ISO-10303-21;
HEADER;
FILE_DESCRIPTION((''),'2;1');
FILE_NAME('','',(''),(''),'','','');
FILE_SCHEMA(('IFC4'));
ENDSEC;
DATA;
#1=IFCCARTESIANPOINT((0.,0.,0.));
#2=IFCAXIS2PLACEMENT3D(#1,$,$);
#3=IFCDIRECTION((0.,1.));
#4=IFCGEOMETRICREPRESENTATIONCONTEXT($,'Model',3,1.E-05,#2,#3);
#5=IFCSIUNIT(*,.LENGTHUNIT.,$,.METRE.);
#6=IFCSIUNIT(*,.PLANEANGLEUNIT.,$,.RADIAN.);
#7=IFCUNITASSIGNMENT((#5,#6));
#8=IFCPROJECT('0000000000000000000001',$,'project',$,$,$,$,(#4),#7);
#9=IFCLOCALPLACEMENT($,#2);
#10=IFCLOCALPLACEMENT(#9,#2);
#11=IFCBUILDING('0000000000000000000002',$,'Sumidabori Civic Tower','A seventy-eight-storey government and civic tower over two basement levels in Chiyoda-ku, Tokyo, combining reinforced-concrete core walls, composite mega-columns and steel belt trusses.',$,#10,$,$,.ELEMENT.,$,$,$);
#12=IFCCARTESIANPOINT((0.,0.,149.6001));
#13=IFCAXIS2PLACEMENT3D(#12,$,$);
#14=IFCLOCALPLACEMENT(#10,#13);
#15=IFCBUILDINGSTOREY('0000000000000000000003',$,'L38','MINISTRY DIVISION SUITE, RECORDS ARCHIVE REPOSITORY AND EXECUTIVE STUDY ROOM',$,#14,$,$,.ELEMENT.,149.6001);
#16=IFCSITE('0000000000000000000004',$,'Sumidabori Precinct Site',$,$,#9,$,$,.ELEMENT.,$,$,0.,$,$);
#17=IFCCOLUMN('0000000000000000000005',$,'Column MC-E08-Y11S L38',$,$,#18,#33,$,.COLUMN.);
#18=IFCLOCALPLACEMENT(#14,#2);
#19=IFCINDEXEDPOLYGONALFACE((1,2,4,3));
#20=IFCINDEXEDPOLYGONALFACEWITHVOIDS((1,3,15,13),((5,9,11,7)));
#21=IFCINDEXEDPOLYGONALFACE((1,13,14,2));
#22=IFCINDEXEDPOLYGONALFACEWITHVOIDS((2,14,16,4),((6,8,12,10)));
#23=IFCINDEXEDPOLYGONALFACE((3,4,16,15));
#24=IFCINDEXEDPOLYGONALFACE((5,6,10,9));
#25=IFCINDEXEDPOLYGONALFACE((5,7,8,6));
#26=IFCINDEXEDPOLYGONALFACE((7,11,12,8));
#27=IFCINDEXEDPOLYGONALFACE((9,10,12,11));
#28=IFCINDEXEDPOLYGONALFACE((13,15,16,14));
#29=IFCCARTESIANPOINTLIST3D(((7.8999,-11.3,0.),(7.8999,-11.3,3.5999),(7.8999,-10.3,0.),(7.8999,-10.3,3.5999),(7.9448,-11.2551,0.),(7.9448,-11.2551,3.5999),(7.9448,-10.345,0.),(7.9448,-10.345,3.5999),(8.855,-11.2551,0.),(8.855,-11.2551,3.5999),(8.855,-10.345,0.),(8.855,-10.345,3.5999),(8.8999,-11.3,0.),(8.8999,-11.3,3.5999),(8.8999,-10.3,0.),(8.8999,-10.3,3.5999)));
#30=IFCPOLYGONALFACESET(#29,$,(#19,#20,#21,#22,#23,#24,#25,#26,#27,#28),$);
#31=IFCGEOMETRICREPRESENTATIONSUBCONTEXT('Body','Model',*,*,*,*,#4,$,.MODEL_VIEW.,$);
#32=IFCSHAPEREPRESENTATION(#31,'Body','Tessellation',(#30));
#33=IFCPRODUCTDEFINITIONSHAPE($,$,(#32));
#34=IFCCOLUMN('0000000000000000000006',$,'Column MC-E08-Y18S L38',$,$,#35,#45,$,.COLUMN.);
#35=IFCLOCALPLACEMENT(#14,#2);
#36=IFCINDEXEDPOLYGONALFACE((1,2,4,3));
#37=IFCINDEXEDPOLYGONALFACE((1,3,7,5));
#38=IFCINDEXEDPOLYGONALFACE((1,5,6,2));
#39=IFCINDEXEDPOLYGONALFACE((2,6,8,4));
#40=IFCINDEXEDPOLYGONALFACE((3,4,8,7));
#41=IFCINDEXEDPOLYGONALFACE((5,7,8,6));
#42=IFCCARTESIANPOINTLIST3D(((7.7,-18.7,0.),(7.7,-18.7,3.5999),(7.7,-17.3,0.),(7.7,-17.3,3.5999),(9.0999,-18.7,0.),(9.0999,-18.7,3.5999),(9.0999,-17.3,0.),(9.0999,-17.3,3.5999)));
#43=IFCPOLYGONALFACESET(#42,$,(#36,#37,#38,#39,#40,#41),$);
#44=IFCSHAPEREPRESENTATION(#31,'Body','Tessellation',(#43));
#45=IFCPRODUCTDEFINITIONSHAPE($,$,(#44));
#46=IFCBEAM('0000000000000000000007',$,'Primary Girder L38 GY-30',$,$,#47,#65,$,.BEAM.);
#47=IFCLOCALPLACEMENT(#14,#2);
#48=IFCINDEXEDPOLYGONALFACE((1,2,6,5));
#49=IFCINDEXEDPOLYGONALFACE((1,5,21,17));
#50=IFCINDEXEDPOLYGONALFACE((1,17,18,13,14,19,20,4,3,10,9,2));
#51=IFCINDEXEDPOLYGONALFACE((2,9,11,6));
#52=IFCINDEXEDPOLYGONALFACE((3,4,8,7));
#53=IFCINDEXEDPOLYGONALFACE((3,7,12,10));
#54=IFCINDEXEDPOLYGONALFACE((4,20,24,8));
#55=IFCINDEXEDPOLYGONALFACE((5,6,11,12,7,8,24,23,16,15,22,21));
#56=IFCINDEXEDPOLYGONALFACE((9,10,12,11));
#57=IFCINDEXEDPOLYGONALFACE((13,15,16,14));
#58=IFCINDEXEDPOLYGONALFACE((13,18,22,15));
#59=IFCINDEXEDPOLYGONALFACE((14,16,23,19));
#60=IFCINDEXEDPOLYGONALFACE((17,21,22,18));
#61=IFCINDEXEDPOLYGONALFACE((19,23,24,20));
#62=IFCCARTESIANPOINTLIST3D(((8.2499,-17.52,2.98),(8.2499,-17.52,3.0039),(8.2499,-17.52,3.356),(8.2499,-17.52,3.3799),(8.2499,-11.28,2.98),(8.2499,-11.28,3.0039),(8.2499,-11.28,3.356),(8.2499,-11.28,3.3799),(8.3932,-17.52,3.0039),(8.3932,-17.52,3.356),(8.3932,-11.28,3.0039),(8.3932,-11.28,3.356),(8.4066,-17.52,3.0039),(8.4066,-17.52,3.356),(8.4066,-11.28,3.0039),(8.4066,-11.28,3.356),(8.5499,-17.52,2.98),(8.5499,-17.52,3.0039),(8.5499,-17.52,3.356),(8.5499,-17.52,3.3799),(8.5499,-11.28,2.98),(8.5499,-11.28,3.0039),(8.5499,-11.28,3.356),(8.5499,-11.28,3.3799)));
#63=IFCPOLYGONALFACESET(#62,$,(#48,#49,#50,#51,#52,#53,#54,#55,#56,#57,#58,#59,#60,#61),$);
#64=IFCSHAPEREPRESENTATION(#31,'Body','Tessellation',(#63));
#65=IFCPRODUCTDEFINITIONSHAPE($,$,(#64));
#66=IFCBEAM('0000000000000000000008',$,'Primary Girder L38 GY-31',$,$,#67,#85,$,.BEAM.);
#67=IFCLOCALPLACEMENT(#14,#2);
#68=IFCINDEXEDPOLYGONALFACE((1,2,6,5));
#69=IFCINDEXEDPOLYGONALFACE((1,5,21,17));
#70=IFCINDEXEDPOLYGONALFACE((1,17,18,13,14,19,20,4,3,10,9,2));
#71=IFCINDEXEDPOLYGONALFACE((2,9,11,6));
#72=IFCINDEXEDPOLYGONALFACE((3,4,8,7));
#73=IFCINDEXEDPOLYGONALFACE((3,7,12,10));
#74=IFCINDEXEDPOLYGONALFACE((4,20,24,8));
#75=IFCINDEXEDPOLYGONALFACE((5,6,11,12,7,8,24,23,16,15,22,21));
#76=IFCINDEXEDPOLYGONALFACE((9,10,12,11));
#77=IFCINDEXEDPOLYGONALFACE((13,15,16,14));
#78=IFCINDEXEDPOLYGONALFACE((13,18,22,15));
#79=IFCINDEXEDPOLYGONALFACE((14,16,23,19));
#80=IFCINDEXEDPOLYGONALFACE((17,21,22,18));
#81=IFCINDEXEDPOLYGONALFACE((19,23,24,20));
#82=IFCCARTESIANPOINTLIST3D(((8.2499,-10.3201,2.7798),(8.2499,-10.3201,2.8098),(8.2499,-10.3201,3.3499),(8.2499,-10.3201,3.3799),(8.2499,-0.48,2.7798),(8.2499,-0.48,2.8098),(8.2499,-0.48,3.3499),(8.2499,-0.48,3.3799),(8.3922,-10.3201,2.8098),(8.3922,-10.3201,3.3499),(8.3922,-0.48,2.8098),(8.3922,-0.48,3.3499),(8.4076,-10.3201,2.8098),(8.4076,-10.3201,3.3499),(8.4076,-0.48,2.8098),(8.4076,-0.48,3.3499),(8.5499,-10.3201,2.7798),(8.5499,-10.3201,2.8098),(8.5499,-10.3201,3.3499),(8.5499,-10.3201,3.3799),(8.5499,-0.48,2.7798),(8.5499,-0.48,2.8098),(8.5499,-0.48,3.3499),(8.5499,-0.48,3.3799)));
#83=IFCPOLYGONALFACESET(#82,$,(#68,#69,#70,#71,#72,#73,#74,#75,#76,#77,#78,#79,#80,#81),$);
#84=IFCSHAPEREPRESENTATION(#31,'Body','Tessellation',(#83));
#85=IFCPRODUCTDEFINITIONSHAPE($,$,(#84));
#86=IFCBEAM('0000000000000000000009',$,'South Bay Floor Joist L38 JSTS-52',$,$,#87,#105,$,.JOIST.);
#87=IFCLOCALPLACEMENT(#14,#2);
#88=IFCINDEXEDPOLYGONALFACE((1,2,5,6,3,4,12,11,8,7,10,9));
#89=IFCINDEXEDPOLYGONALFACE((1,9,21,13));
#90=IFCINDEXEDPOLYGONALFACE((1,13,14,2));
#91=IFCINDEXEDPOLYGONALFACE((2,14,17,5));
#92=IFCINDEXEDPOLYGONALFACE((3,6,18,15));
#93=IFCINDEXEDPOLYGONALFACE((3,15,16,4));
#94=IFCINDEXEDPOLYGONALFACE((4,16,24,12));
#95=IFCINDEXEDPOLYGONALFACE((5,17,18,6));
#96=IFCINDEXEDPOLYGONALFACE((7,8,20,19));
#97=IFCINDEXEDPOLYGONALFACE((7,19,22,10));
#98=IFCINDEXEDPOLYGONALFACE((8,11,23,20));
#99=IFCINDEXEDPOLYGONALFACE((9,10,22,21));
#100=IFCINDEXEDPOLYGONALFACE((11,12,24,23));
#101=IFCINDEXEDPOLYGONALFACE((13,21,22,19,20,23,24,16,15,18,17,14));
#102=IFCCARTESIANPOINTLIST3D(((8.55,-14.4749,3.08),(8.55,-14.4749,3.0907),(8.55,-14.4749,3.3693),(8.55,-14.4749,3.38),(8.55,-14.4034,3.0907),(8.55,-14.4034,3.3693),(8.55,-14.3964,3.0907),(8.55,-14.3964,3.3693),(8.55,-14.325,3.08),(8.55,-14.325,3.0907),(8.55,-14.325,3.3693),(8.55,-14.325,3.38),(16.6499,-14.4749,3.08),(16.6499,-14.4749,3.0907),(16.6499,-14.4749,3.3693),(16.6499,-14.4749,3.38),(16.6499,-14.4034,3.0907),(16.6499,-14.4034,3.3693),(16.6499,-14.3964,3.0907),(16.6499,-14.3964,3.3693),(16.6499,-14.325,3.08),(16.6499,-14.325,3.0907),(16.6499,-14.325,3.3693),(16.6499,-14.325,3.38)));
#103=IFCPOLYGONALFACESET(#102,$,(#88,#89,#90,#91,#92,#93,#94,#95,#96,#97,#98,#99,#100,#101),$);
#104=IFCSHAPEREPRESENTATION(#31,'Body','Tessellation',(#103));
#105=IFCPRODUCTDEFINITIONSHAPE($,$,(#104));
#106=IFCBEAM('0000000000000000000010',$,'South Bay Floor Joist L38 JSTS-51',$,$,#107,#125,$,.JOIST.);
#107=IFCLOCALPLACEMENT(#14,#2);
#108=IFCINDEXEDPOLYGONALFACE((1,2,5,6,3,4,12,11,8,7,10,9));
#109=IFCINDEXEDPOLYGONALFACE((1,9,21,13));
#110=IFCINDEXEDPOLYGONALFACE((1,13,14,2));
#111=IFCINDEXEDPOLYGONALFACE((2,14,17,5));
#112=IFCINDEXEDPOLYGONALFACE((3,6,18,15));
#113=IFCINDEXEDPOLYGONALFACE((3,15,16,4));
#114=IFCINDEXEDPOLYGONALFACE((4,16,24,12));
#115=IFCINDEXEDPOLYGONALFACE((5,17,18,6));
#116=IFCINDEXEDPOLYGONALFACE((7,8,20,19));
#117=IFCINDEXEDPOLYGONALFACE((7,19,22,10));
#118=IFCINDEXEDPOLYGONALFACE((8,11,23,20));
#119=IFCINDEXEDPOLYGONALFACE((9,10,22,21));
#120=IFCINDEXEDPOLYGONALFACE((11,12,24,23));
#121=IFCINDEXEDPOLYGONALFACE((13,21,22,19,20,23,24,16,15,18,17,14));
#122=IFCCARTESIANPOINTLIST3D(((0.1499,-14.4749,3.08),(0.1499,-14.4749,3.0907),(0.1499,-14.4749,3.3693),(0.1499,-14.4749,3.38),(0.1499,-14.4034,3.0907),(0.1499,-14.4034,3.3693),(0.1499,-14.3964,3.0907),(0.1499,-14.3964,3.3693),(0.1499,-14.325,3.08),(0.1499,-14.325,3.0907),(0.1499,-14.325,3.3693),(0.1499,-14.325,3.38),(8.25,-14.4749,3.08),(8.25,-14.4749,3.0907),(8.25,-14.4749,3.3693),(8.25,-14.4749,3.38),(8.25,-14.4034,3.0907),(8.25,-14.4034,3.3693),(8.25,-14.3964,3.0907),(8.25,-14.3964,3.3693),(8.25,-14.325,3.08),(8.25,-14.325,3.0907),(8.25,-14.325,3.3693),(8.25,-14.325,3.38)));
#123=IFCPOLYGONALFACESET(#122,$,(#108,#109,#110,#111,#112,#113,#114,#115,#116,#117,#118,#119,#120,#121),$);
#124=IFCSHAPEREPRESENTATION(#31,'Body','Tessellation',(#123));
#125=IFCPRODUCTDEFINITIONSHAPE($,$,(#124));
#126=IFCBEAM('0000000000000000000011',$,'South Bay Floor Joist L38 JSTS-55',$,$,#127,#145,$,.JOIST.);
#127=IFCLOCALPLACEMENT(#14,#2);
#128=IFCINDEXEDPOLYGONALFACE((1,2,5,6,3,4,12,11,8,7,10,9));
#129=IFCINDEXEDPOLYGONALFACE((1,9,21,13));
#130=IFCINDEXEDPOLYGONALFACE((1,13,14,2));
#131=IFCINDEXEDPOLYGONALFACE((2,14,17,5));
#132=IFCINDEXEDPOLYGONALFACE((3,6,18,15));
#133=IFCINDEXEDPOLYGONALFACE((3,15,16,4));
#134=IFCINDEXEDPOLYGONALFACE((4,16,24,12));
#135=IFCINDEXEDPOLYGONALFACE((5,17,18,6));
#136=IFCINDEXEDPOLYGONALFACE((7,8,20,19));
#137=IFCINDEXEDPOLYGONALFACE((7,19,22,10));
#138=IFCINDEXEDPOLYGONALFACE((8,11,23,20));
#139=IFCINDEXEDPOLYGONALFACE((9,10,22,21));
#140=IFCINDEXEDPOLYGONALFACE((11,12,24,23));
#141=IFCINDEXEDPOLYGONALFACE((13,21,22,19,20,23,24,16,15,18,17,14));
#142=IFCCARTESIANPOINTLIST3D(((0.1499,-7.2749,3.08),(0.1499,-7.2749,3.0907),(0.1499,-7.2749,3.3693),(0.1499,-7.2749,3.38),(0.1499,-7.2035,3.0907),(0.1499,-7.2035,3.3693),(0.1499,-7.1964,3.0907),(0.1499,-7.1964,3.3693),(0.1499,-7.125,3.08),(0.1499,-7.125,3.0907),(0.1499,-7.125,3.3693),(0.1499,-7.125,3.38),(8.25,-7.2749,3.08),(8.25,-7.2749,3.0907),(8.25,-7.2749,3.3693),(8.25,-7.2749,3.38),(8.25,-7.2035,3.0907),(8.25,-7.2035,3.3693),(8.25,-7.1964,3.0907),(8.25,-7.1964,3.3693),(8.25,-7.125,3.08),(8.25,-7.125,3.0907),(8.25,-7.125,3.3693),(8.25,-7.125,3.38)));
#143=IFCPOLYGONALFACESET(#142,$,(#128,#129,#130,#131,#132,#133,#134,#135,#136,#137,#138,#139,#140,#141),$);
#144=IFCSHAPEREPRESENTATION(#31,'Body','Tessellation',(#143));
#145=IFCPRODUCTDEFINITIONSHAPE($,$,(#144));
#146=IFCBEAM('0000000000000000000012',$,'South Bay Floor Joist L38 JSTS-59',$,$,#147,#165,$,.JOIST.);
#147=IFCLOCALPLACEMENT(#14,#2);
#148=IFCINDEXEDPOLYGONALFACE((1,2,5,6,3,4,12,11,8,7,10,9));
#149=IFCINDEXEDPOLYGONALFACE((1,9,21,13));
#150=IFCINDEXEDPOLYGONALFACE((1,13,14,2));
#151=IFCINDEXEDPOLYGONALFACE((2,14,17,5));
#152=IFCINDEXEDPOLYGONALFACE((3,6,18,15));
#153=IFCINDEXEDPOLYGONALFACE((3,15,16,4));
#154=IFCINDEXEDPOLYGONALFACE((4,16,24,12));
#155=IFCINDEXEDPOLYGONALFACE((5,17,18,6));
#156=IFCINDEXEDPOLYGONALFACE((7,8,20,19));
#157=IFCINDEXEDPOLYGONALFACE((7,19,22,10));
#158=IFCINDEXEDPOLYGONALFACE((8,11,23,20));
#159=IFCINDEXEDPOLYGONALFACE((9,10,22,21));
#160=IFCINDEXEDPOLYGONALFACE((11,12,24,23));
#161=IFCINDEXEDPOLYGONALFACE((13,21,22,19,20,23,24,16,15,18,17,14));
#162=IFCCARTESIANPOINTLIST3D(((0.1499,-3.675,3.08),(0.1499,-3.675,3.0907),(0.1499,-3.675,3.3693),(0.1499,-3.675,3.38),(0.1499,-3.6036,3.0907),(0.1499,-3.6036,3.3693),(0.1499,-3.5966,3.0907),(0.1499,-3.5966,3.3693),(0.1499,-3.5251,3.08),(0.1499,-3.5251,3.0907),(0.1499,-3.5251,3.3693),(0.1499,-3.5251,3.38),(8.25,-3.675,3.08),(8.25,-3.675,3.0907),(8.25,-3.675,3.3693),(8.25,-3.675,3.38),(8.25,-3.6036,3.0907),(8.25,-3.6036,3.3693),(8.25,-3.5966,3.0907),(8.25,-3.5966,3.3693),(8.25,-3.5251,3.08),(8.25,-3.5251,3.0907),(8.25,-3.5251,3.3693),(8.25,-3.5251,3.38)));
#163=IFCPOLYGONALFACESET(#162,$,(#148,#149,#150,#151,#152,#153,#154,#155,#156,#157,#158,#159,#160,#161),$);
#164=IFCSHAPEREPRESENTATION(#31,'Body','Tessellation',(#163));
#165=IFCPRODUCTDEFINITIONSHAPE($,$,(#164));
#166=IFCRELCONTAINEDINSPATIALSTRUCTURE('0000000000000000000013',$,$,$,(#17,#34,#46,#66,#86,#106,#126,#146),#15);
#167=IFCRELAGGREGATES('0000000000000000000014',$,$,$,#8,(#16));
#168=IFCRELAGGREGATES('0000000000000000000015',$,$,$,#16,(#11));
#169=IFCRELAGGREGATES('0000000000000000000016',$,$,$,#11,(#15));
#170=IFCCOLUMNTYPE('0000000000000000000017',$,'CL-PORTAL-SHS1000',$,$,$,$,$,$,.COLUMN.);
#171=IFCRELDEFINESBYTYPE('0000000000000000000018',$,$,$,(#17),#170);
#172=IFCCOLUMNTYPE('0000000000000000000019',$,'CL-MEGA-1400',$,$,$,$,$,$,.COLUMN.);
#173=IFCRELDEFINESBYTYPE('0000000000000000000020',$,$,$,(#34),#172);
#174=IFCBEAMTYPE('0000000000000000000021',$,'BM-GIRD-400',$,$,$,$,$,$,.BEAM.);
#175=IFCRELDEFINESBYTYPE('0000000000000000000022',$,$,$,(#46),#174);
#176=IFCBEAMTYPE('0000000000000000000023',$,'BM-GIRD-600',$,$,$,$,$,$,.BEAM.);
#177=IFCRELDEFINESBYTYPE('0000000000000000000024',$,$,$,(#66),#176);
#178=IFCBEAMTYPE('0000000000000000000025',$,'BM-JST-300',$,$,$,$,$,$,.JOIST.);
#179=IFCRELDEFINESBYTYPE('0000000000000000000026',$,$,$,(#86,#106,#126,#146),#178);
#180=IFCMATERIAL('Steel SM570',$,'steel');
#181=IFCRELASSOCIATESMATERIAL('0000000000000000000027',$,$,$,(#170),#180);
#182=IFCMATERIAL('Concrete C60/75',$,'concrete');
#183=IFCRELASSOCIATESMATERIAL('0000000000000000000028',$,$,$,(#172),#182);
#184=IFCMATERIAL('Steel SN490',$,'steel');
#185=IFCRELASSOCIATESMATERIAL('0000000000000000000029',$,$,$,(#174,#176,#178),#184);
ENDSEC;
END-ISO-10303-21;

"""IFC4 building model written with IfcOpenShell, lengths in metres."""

from ifc_helpers import new_model, si_unit, direction, frame, origin, origin_2d, place, context, subcontext, project, spatial, rectangle, hollow_rectangle, i_section, extrude, source, transform, mapped, material, material_profile, profile_set, type_object, element, save


model = new_model("IFC4")

# Units and contexts
model_context = context("Model", 3, precision=1e-05, world=origin(), true_north=direction((0.0, 1.0)))
body_context = subcontext(model_context, "Body", "Model", "MODEL_VIEW")
ifc_project = project(units=[si_unit("LENGTHUNIT", "METRE"), si_unit("PLANEANGLEUNIT", "RADIAN")], contexts=[model_context])

# Site, building, storey
site_placement = place(None, origin())
site = spatial("IfcSite", under=ifc_project, at=site_placement, Name="Sumidabori Precinct Site", CompositionType="ELEMENT", RefElevation=0.0)
building_placement = place(site_placement, origin())
building = spatial("IfcBuilding", under=site, at=building_placement, Name="Sumidabori Civic Tower", Description="A seventy-eight-storey government and civic tower over two basement levels in Chiyoda-ku, Tokyo, combining reinforced-concrete core walls, composite mega-columns and steel belt trusses.", CompositionType="ELEMENT")
storey_placement = place(building_placement, frame((0.0, 0.0, 149.6001)))
storey = spatial("IfcBuildingStorey", under=building, at=storey_placement, Name="L38", Description="MINISTRY DIVISION SUITE, RECORDS ARCHIVE REPOSITORY AND EXECUTIVE STUDY ROOM", CompositionType="ELEMENT", Elevation=149.6001)

# Columns
ifc_material_1 = material(Name="Steel SM570", Category="steel")
ifc_material_profile_1 = material_profile(ifc_material_1, hollow_rectangle(XDim=1.0, YDim=1.0, WallThickness=0.0449, at=origin_2d()), Name="SHS 1000x1000x45")
ifc_profile_set_1 = profile_set([ifc_material_profile_1], Name="Steel SM570")
column_type_1 = type_object("IfcColumnType", Name="CL-PORTAL-SHS1000", PredefinedType="COLUMN", material=ifc_profile_set_1)
shared_shape_1 = source(origin(), body_context, "Body", "SweptSolid", [
    extrude(hollow_rectangle(XDim=1.0, YDim=1.0, WallThickness=0.0449, at=origin_2d()), origin(), (0.0, 0.0, 1.0), 3.5999),
])
column_1_placement = place(storey_placement, frame((8.3999, -10.8, 0.0), z_axis=(0.0, 0.0, 1.0), x_axis=(1.0, 0.0, 0.0)))
element("IfcColumn", 1, at=column_1_placement, inside=storey, type_object=column_type_1, Name="Column MC-E08-Y11S L38", PredefinedType="COLUMN", context=body_context, shape_type="MappedRepresentation", body=[
    mapped(shared_shape_1, transform((0.0, 0.0, 0.0), x_axis=(1.0, 0.0, 0.0), y_axis=(0.0, 1.0, 0.0), z_axis=(0.0, 0.0, 1.0), scale=1.0)),
])
ifc_material_2 = material(Name="Concrete C60/75", Category="concrete")
ifc_material_profile_2 = material_profile(ifc_material_2, rectangle(XDim=1.3999, YDim=1.3999, at=origin_2d()), Name="RC 1400x1400")
ifc_profile_set_2 = profile_set([ifc_material_profile_2], Name="Concrete C60/75")
column_type_2 = type_object("IfcColumnType", Name="CL-MEGA-1400", PredefinedType="COLUMN", material=ifc_profile_set_2)
shared_shape_2 = source(origin(), body_context, "Body", "SweptSolid", [
    extrude(rectangle(XDim=1.3999, YDim=1.3999, at=origin_2d()), origin(), (0.0, 0.0, 1.0), 3.5999),
])
column_2_placement = place(storey_placement, frame((8.3999, -18.0, 0.0), z_axis=(0.0, 0.0, 1.0), x_axis=(1.0, 0.0, 0.0)))
element("IfcColumn", 2, at=column_2_placement, inside=storey, type_object=column_type_2, Name="Column MC-E08-Y18S L38", PredefinedType="COLUMN", context=body_context, shape_type="MappedRepresentation", body=[
    mapped(shared_shape_2, transform((0.0, 0.0, 0.0), x_axis=(1.0, 0.0, 0.0), y_axis=(0.0, 1.0, 0.0), z_axis=(0.0, 0.0, 1.0), scale=1.0)),
])

# Beams
ifc_material_3 = material(Name="Steel SN490", Category="steel")
ifc_material_profile_3 = material_profile(ifc_material_3, i_section(OverallWidth=0.3, OverallDepth=0.3999, WebThickness=0.0134, FlangeThickness=0.0239, at=origin_2d()), Name="HE 400 B")
ifc_profile_set_3 = profile_set([ifc_material_profile_3], Name="Steel SN490")
beam_type_1 = type_object("IfcBeamType", Name="BM-GIRD-400", PredefinedType="BEAM", material=ifc_profile_set_3)
shared_shape_3 = source(origin(), body_context, "Body", "SweptSolid", [
    extrude(i_section(OverallWidth=0.3, OverallDepth=0.3999, WebThickness=0.0134, FlangeThickness=0.0239, at=origin_2d()), origin(), (0.0, 0.0, 1.0), 6.24),
])
beam_1_placement = place(storey_placement, frame((8.3999, -17.52, 3.1799), z_axis=(0.0, 1.0, 0.0), x_axis=(-1.0, 0.0, 0.0)))
element("IfcBeam", 3, at=beam_1_placement, inside=storey, type_object=beam_type_1, Name="Primary Girder L38 GY-30", PredefinedType="BEAM", context=body_context, shape_type="MappedRepresentation", body=[
    mapped(shared_shape_3, transform((0.0, 0.0, 0.0), x_axis=(1.0, 0.0, 0.0), y_axis=(0.0, 1.0, 0.0), z_axis=(0.0, 0.0, 1.0), scale=1.0)),
])
ifc_material_profile_4 = material_profile(ifc_material_3, i_section(OverallWidth=0.3, OverallDepth=0.6001, WebThickness=0.0154, FlangeThickness=0.03, at=origin_2d()), Name="HE 600 B")
ifc_profile_set_4 = profile_set([ifc_material_profile_4], Name="Steel SN490")
beam_type_2 = type_object("IfcBeamType", Name="BM-GIRD-600", PredefinedType="BEAM", material=ifc_profile_set_4)
shared_shape_4 = source(origin(), body_context, "Body", "SweptSolid", [
    extrude(i_section(OverallWidth=0.3, OverallDepth=0.6001, WebThickness=0.0154, FlangeThickness=0.03, at=origin_2d()), origin(), (0.0, 0.0, 1.0), 9.8401),
])
beam_2_placement = place(storey_placement, frame((8.3999, -10.3201, 3.0798), z_axis=(0.0, 1.0, 0.0), x_axis=(-1.0, 0.0, 0.0)))
element("IfcBeam", 4, at=beam_2_placement, inside=storey, type_object=beam_type_2, Name="Primary Girder L38 GY-31", PredefinedType="BEAM", context=body_context, shape_type="MappedRepresentation", body=[
    mapped(shared_shape_4, transform((0.0, 0.0, 0.0), x_axis=(1.0, 0.0, 0.0), y_axis=(0.0, 1.0, 0.0), z_axis=(0.0, 0.0, 1.0), scale=1.0)),
])
ifc_material_profile_5 = material_profile(ifc_material_3, i_section(OverallWidth=0.1499, OverallDepth=0.3, WebThickness=0.0071, FlangeThickness=0.0107, at=origin_2d()), Name="IPE 300")
ifc_profile_set_5 = profile_set([ifc_material_profile_5], Name="Steel SN490")
beam_type_3 = type_object("IfcBeamType", Name="BM-JST-300", PredefinedType="JOIST", material=ifc_profile_set_5)
shared_shape_5 = source(origin(), body_context, "Body", "SweptSolid", [
    extrude(i_section(OverallWidth=0.1499, OverallDepth=0.3, WebThickness=0.0071, FlangeThickness=0.0107, at=origin_2d()), origin(), (0.0, 0.0, 1.0), 8.0999),
])
beam_3_placement = place(storey_placement, frame((8.55, -14.3999, 3.23), z_axis=(1.0, 0.0, 0.0), x_axis=(0.0, 1.0, 0.0)))
element("IfcBeam", 5, at=beam_3_placement, inside=storey, type_object=beam_type_3, Name="South Bay Floor Joist L38 JSTS-52", PredefinedType="JOIST", context=body_context, shape_type="MappedRepresentation", body=[
    mapped(shared_shape_5, transform((0.0, 0.0, 0.0), x_axis=(1.0, 0.0, 0.0), y_axis=(0.0, 1.0, 0.0), z_axis=(0.0, 0.0, 1.0), scale=1.0)),
])
shared_shape_6 = source(origin(), body_context, "Body", "SweptSolid", [
    extrude(i_section(OverallWidth=0.1499, OverallDepth=0.3, WebThickness=0.0071, FlangeThickness=0.0107, at=origin_2d()), origin(), (0.0, 0.0, 1.0), 8.1001),
])
for number, where, z_axis, x_axis, name in (
    (6, (0.1499, -14.3999, 3.23), (1.0, 0.0, 0.0), (0.0, 1.0, 0.0), "South Bay Floor Joist L38 JSTS-51"),
    (7, (0.1499, -7.2, 3.23), (1.0, 0.0, 0.0), (0.0, 1.0, 0.0), "South Bay Floor Joist L38 JSTS-55"),
    (8, (0.1499, -3.6001, 3.23), (1.0, 0.0, 0.0), (0.0, 1.0, 0.0), "South Bay Floor Joist L38 JSTS-59"),
):
    element("IfcBeam", number, at=place(storey_placement, frame(where, z_axis=z_axis, x_axis=x_axis)), inside=storey, type_object=beam_type_3, Name=name, PredefinedType="JOIST", context=body_context, shape_type="MappedRepresentation", body=[
        mapped(shared_shape_6, transform((0.0, 0.0, 0.0), x_axis=(1.0, 0.0, 0.0), y_axis=(0.0, 1.0, 0.0), z_axis=(0.0, 0.0, 1.0), scale=1.0)),
    ])

save(model, "model.ifc")
